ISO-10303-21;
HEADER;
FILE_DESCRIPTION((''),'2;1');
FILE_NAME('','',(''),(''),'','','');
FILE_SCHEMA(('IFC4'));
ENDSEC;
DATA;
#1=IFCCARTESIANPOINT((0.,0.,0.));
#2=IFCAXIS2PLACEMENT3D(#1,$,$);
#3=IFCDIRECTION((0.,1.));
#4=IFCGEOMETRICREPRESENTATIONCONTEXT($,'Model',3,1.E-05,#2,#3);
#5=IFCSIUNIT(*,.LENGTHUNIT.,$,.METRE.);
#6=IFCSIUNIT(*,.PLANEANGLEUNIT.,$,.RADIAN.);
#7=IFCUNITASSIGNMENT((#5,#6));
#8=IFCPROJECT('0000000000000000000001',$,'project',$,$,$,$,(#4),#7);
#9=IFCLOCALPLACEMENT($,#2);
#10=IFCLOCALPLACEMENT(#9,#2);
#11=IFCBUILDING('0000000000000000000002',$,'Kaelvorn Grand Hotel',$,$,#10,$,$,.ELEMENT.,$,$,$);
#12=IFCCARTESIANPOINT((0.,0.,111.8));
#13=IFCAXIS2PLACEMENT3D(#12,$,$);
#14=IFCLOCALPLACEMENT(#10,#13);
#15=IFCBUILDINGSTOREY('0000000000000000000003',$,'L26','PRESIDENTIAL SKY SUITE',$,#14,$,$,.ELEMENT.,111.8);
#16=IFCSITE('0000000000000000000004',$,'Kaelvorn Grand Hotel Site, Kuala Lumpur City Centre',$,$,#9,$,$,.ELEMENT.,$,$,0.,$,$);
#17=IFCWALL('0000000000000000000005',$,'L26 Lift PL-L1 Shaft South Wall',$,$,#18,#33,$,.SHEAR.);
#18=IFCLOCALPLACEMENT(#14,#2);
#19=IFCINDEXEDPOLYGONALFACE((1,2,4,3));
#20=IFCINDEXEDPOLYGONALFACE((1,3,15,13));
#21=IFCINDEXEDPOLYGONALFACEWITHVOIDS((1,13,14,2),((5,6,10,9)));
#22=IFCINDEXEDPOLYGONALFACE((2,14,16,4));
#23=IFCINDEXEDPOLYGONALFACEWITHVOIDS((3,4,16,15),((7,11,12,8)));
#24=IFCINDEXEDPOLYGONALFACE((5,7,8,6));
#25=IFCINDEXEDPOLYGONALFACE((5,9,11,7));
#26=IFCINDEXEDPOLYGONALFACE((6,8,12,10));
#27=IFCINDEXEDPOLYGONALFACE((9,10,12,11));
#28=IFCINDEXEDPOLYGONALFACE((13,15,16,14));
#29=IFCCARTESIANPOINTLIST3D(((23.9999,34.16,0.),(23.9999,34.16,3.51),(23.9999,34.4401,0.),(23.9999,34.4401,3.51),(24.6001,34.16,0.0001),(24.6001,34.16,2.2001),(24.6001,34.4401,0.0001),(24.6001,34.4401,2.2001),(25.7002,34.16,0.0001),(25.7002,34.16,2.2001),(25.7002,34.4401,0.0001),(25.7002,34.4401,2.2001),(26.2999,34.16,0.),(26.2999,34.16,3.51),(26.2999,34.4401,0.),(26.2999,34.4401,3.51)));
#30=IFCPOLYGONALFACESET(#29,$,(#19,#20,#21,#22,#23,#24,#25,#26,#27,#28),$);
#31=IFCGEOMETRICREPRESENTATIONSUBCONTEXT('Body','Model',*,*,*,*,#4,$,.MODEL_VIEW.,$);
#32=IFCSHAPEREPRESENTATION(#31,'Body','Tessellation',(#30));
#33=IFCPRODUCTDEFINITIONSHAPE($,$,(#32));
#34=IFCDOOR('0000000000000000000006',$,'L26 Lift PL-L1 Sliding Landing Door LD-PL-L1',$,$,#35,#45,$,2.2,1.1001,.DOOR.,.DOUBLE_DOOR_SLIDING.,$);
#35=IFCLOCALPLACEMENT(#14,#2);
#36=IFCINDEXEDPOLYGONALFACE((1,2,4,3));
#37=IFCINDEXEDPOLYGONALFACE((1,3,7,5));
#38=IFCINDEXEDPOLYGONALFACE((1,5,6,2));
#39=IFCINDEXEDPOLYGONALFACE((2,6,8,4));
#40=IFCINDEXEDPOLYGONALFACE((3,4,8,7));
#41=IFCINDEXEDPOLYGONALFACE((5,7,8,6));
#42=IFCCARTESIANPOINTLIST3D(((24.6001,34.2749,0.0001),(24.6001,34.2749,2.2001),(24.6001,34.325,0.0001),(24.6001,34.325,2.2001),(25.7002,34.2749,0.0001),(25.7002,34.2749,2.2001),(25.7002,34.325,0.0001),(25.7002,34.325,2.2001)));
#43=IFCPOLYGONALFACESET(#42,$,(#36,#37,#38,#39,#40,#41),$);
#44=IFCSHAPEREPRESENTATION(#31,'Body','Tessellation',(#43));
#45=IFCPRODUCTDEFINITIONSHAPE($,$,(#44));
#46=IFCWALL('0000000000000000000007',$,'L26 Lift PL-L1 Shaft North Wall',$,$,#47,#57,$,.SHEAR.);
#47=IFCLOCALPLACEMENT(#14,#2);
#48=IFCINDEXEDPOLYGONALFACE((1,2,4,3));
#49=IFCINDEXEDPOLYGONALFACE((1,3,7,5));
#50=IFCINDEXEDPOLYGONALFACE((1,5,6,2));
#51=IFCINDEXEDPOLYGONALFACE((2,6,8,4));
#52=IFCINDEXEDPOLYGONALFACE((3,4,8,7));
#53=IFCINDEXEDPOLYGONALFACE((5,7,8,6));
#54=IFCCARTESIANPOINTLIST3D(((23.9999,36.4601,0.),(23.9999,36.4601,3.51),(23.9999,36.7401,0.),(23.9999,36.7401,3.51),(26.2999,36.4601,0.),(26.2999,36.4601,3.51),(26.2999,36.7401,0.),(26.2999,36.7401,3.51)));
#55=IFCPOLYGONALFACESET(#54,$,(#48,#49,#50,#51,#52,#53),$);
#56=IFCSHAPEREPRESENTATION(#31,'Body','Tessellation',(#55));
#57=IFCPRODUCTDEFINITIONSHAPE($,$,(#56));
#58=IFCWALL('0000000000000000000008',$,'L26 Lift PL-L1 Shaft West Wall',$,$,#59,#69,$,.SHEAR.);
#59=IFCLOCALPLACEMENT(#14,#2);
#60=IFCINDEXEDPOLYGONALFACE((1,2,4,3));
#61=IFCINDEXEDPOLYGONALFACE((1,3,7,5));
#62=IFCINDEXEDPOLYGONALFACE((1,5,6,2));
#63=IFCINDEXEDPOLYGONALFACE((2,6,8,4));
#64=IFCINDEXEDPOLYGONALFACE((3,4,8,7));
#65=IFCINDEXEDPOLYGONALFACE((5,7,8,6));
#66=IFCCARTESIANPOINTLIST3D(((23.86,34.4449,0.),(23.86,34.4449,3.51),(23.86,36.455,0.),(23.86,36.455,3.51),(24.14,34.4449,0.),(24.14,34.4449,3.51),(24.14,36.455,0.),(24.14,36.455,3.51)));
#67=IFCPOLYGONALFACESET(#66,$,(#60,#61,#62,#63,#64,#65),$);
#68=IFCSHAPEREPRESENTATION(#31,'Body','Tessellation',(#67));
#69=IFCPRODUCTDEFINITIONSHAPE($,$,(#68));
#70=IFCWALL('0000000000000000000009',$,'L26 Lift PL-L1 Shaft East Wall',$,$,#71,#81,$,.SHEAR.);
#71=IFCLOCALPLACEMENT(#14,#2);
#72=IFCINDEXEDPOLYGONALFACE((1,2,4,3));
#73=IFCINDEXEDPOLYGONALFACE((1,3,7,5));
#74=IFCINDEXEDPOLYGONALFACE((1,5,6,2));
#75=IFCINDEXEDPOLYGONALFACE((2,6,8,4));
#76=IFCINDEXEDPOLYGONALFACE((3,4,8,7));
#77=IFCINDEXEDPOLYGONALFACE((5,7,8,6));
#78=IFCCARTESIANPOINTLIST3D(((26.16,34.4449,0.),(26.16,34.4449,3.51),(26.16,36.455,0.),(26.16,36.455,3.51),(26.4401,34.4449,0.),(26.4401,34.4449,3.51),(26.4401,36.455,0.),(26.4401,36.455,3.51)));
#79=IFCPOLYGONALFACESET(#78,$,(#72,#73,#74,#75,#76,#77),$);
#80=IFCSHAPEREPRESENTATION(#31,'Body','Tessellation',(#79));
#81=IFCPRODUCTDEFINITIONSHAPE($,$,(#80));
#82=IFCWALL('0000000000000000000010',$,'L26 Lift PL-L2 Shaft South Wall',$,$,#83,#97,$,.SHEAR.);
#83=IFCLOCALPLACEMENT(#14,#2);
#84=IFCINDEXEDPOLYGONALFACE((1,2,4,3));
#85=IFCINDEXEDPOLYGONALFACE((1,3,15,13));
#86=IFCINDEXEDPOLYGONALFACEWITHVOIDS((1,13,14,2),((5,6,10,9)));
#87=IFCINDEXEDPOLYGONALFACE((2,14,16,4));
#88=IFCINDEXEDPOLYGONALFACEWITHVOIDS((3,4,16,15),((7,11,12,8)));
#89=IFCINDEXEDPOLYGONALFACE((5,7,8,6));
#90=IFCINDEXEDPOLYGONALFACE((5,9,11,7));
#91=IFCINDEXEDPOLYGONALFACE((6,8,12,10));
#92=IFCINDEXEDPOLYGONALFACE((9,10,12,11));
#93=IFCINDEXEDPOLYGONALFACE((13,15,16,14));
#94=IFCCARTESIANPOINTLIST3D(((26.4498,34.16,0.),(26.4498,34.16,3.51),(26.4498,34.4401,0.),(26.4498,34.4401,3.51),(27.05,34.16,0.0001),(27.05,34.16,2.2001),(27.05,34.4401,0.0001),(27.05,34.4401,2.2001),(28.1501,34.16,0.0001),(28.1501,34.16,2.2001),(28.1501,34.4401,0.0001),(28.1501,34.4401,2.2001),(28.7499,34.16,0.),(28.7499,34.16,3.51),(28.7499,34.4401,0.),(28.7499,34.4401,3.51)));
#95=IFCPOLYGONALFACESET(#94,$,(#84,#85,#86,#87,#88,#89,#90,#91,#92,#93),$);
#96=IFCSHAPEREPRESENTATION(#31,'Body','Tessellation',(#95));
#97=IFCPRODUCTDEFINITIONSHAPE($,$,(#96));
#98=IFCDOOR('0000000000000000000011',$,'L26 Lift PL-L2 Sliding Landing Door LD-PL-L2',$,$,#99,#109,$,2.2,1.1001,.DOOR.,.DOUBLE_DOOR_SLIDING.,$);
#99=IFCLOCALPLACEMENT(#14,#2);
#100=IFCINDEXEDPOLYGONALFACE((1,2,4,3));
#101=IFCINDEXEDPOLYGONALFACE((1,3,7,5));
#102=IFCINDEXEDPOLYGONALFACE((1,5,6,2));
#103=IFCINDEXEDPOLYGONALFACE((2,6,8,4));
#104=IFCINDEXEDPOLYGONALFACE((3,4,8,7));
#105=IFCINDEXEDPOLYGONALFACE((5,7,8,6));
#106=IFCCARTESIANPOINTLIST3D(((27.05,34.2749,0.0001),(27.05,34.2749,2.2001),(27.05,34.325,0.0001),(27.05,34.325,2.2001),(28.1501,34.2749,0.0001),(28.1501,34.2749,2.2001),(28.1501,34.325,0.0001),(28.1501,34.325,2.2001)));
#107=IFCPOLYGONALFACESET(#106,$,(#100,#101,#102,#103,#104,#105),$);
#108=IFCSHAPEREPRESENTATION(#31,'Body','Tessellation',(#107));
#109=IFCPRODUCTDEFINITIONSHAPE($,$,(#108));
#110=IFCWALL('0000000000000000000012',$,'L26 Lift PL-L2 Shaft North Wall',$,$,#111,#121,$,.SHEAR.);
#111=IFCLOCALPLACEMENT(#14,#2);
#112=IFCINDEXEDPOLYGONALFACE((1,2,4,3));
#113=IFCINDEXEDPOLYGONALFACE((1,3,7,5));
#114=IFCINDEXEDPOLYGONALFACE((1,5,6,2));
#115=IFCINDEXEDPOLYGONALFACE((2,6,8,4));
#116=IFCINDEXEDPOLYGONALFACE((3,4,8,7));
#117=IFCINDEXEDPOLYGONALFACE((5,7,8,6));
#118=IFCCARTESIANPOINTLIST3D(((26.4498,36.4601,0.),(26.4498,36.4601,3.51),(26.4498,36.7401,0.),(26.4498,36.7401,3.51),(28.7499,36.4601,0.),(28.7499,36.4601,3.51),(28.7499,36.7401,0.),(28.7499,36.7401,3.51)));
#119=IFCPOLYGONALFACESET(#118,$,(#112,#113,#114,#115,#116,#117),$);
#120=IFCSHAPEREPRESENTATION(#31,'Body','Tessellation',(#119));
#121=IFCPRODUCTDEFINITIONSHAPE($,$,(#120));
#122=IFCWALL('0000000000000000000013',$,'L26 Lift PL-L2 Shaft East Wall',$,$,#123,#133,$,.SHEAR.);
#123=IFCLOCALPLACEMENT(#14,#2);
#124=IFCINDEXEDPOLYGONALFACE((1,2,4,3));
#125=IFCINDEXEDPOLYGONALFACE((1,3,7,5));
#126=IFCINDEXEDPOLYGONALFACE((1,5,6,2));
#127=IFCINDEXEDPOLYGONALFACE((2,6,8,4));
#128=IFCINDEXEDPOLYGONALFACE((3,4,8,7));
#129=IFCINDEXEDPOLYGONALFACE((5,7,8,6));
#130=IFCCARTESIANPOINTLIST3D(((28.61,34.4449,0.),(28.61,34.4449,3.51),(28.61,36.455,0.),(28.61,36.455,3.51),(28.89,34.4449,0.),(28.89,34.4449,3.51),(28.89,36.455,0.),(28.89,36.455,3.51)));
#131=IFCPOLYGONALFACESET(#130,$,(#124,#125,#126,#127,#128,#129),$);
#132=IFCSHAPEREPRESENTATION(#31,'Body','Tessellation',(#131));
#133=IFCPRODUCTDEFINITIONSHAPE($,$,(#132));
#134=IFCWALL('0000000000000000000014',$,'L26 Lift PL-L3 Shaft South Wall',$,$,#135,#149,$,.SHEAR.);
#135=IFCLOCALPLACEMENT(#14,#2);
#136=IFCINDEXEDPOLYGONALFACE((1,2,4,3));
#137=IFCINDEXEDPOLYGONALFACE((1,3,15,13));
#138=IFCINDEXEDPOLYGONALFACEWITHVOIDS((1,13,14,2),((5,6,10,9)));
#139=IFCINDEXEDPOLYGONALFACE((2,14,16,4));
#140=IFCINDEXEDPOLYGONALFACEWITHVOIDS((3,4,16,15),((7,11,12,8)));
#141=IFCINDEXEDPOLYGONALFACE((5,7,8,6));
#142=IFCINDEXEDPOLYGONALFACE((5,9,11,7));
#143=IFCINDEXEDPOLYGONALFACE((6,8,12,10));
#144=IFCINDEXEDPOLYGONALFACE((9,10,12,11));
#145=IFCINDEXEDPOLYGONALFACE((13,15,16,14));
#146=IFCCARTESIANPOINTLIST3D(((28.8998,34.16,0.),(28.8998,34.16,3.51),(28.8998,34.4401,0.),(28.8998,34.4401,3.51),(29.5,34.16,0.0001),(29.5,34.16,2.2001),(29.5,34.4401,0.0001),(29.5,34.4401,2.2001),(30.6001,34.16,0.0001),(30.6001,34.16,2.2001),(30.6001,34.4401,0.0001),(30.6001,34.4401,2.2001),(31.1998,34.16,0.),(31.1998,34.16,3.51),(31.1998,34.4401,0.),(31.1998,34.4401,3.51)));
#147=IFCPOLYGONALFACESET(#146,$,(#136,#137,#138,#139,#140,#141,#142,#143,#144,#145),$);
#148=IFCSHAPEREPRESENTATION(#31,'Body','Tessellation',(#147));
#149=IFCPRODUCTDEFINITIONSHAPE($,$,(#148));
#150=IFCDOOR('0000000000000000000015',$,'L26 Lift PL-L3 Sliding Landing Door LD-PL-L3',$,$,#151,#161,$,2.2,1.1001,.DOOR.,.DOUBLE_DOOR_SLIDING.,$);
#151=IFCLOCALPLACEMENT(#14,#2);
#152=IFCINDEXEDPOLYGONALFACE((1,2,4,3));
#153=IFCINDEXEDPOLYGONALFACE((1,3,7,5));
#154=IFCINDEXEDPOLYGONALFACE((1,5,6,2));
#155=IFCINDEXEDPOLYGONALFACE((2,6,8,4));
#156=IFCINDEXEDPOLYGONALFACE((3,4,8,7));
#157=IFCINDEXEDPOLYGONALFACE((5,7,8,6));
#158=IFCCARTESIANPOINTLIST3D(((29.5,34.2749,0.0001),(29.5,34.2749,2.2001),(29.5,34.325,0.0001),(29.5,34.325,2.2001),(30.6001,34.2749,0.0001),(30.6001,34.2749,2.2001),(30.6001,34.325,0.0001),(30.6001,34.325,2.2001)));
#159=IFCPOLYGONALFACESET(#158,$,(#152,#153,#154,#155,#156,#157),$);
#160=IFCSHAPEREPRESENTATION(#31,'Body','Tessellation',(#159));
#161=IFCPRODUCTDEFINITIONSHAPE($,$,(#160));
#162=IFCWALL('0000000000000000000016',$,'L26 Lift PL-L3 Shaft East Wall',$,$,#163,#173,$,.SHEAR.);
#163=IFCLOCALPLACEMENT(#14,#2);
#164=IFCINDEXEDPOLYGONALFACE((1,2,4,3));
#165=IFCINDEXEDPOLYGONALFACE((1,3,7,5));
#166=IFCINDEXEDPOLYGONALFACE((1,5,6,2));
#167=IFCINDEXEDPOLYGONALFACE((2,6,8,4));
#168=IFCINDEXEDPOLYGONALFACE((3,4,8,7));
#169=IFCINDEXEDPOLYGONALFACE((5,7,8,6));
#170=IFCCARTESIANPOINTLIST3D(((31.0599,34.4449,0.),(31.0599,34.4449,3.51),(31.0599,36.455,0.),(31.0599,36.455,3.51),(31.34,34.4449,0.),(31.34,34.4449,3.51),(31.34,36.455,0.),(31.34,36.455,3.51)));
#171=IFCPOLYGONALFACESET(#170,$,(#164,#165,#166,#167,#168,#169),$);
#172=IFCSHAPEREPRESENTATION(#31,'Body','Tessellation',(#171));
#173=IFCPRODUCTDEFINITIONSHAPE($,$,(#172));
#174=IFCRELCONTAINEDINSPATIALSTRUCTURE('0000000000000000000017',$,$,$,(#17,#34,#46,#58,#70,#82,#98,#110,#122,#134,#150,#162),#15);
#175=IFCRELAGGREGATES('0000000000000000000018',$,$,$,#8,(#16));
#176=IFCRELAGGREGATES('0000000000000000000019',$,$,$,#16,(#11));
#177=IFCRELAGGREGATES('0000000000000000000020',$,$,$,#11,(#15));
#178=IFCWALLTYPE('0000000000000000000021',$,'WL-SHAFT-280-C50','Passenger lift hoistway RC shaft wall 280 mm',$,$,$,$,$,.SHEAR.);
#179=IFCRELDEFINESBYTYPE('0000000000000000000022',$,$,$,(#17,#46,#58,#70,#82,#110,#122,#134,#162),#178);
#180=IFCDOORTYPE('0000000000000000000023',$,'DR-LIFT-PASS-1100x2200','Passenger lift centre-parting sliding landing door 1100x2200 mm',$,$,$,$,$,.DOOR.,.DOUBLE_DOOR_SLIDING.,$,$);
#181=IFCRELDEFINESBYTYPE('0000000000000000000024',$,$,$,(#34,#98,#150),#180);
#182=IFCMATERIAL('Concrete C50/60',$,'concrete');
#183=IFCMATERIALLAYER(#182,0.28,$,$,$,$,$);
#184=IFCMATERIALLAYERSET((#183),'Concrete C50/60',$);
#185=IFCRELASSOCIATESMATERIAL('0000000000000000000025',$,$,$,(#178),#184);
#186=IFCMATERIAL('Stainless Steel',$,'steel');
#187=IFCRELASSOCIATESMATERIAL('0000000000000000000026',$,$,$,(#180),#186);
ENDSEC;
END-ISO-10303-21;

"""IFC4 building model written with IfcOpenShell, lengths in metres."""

from ifc_helpers import new_model, si_unit, direction, frame, frame_2d, origin, place, context, subcontext, project, spatial, rectangle, extrude, material, layer, layer_set, type_object, element, fill, save


model = new_model("IFC4")

# Units and contexts
model_context = context("Model", 3, precision=1e-05, world=origin(), true_north=direction((0.0, 1.0)))
body_context = subcontext(model_context, "Body", "Model", "MODEL_VIEW")
ifc_project = project(units=[si_unit("LENGTHUNIT", "METRE"), si_unit("PLANEANGLEUNIT", "RADIAN")], contexts=[model_context])

# Site, building, storey
site_placement = place(None, origin())
site = spatial("IfcSite", under=ifc_project, at=site_placement, Name="Kaelvorn Grand Hotel Site, Kuala Lumpur City Centre", CompositionType="ELEMENT", RefElevation=0.0)
building_placement = place(site_placement, origin())
building = spatial("IfcBuilding", under=site, at=building_placement, Name="Kaelvorn Grand Hotel", CompositionType="ELEMENT")
storey_placement = place(building_placement, frame((0.0, 0.0, 111.8)))
storey = spatial("IfcBuildingStorey", under=building, at=storey_placement, Name="L26", Description="PRESIDENTIAL SKY SUITE", CompositionType="ELEMENT", Elevation=111.8)

# Wall, opening, door
ifc_material_1 = material(Name="Concrete C50/60", Category="concrete")
ifc_layer_1 = layer(ifc_material_1, 0.28)
ifc_layer_set_1 = layer_set([ifc_layer_1], Name="Concrete C50/60")
wall_type_1 = type_object("IfcWallType", Name="WL-SHAFT-280-C50", Description="Passenger lift hoistway RC shaft wall 280 mm", PredefinedType="SHEAR", material=ifc_layer_set_1)
wall_1_placement = place(storey_placement, frame((24.0, 34.3, 0.0), z_axis=(0.0, 0.0, 1.0), x_axis=(1.0, 0.0, 0.0)))
wall_1 = element("IfcWall", 1, at=wall_1_placement, inside=storey, type_object=wall_type_1, Name="L26 Lift PL-L1 Shaft South Wall", PredefinedType="SHEAR", context=body_context, shape_type="SweptSolid", body=[
    extrude(rectangle(XDim=2.3, YDim=0.28, at=frame_2d((1.1499, 0.0))), origin(), (0.0, 0.0, 1.0), 3.51),
])
opening_1_placement = place(wall_1_placement, frame((0.6001, 0.0, 0.0)))
opening_1 = element("IfcOpeningElement", 2, at=opening_1_placement, cuts=wall_1, PredefinedType="OPENING", context=body_context, shape_type="SweptSolid", body=[
    extrude(rectangle(XDim=1.1001, YDim=2.2, at=frame_2d((0.55, 1.1001))), frame((0.0, 0.1499, 0.0), z_axis=(0.0, -1.0, 0.0), x_axis=(1.0, 0.0, 0.0)), (0.0, 0.0, 1.0), 0.3),
])
ifc_material_2 = material(Name="Stainless Steel", Category="steel")
door_type_1 = type_object("IfcDoorType", Name="DR-LIFT-PASS-1100x2200", Description="Passenger lift centre-parting sliding landing door 1100x2200 mm", OperationType="DOUBLE_DOOR_SLIDING", PredefinedType="DOOR", material=ifc_material_2)
door_1_placement = place(opening_1_placement, origin())
door_1 = element("IfcDoor", 3, at=door_1_placement, inside=storey, type_object=door_type_1, Name="L26 Lift PL-L1 Sliding Landing Door LD-PL-L1", OperationType="DOUBLE_DOOR_SLIDING", OverallHeight=2.2, OverallWidth=1.1001, PredefinedType="DOOR", context=body_context, shape_type="SweptSolid", body=[
    extrude(rectangle(XDim=1.1001, YDim=2.2, at=frame_2d((0.55, 1.1001))), frame((0.0, 0.0249, 0.0), z_axis=(0.0, -1.0, 0.0), x_axis=(1.0, 0.0, 0.0)), (0.0, 0.0, 1.0), 0.05),
])
fill(opening_1, door_1)

# Walls
wall_2_placement = place(storey_placement, frame((24.0, 36.6001, 0.0), z_axis=(0.0, 0.0, 1.0), x_axis=(1.0, 0.0, 0.0)))
element("IfcWall", 4, at=wall_2_placement, inside=storey, type_object=wall_type_1, Name="L26 Lift PL-L1 Shaft North Wall", PredefinedType="SHEAR", context=body_context, shape_type="SweptSolid", body=[
    extrude(rectangle(XDim=2.3, YDim=0.28, at=frame_2d((1.1499, 0.0))), origin(), (0.0, 0.0, 1.0), 3.51),
])
for number, where, z_axis, x_axis, name in (
    (5, (24.0, 34.4451, 0.0), (0.0, 0.0, 1.0), (0.0, 1.0, 0.0), "L26 Lift PL-L1 Shaft West Wall"),
    (6, (26.3, 34.4451, 0.0), (0.0, 0.0, 1.0), (0.0, 1.0, 0.0), "L26 Lift PL-L1 Shaft East Wall"),
):
    element("IfcWall", number, at=place(storey_placement, frame(where, z_axis=z_axis, x_axis=x_axis)), inside=storey, type_object=wall_type_1, Name=name, PredefinedType="SHEAR", context=body_context, shape_type="SweptSolid", body=[
        extrude(rectangle(XDim=2.01, YDim=0.28, at=frame_2d((1.0049, 0.0))), origin(), (0.0, 0.0, 1.0), 3.51),
    ])

# Wall, opening, door
wall_3_placement = place(storey_placement, frame((26.45, 34.3, 0.0), z_axis=(0.0, 0.0, 1.0), x_axis=(1.0, 0.0, 0.0)))
wall_3 = element("IfcWall", 7, at=wall_3_placement, inside=storey, type_object=wall_type_1, Name="L26 Lift PL-L2 Shaft South Wall", PredefinedType="SHEAR", context=body_context, shape_type="SweptSolid", body=[
    extrude(rectangle(XDim=2.3, YDim=0.28, at=frame_2d((1.1499, 0.0))), origin(), (0.0, 0.0, 1.0), 3.51),
])
opening_2_placement = place(wall_3_placement, frame((0.6001, 0.0, 0.0)))
opening_2 = element("IfcOpeningElement", 8, at=opening_2_placement, cuts=wall_3, PredefinedType="OPENING", context=body_context, shape_type="SweptSolid", body=[
    extrude(rectangle(XDim=1.1001, YDim=2.2, at=frame_2d((0.55, 1.1001))), frame((0.0, 0.1499, 0.0), z_axis=(0.0, -1.0, 0.0), x_axis=(1.0, 0.0, 0.0)), (0.0, 0.0, 1.0), 0.3),
])
door_2_placement = place(opening_2_placement, origin())
door_2 = element("IfcDoor", 9, at=door_2_placement, inside=storey, type_object=door_type_1, Name="L26 Lift PL-L2 Sliding Landing Door LD-PL-L2", OperationType="DOUBLE_DOOR_SLIDING", OverallHeight=2.2, OverallWidth=1.1001, PredefinedType="DOOR", context=body_context, shape_type="SweptSolid", body=[
    extrude(rectangle(XDim=1.1001, YDim=2.2, at=frame_2d((0.55, 1.1001))), frame((0.0, 0.0249, 0.0), z_axis=(0.0, -1.0, 0.0), x_axis=(1.0, 0.0, 0.0)), (0.0, 0.0, 1.0), 0.05),
])
fill(opening_2, door_2)

# Walls
wall_4_placement = place(storey_placement, frame((26.45, 36.6001, 0.0), z_axis=(0.0, 0.0, 1.0), x_axis=(1.0, 0.0, 0.0)))
element("IfcWall", 10, at=wall_4_placement, inside=storey, type_object=wall_type_1, Name="L26 Lift PL-L2 Shaft North Wall", PredefinedType="SHEAR", context=body_context, shape_type="SweptSolid", body=[
    extrude(rectangle(XDim=2.3, YDim=0.28, at=frame_2d((1.1499, 0.0))), origin(), (0.0, 0.0, 1.0), 3.51),
])
wall_5_placement = place(storey_placement, frame((28.75, 34.4451, 0.0), z_axis=(0.0, 0.0, 1.0), x_axis=(0.0, 1.0, 0.0)))
element("IfcWall", 11, at=wall_5_placement, inside=storey, type_object=wall_type_1, Name="L26 Lift PL-L2 Shaft East Wall", PredefinedType="SHEAR", context=body_context, shape_type="SweptSolid", body=[
    extrude(rectangle(XDim=2.01, YDim=0.28, at=frame_2d((1.0049, 0.0))), origin(), (0.0, 0.0, 1.0), 3.51),
])

# Wall, opening, door
wall_6_placement = place(storey_placement, frame((28.8999, 34.3, 0.0), z_axis=(0.0, 0.0, 1.0), x_axis=(1.0, 0.0, 0.0)))
wall_6 = element("IfcWall", 12, at=wall_6_placement, inside=storey, type_object=wall_type_1, Name="L26 Lift PL-L3 Shaft South Wall", PredefinedType="SHEAR", context=body_context, shape_type="SweptSolid", body=[
    extrude(rectangle(XDim=2.3, YDim=0.28, at=frame_2d((1.1499, 0.0))), origin(), (0.0, 0.0, 1.0), 3.51),
])
opening_3_placement = place(wall_6_placement, frame((0.6001, 0.0, 0.0)))
opening_3 = element("IfcOpeningElement", 13, at=opening_3_placement, cuts=wall_6, PredefinedType="OPENING", context=body_context, shape_type="SweptSolid", body=[
    extrude(rectangle(XDim=1.1001, YDim=2.2, at=frame_2d((0.55, 1.1001))), frame((0.0, 0.1499, 0.0), z_axis=(0.0, -1.0, 0.0), x_axis=(1.0, 0.0, 0.0)), (0.0, 0.0, 1.0), 0.3),
])
door_3_placement = place(opening_3_placement, origin())
door_3 = element("IfcDoor", 14, at=door_3_placement, inside=storey, type_object=door_type_1, Name="L26 Lift PL-L3 Sliding Landing Door LD-PL-L3", OperationType="DOUBLE_DOOR_SLIDING", OverallHeight=2.2, OverallWidth=1.1001, PredefinedType="DOOR", context=body_context, shape_type="SweptSolid", body=[
    extrude(rectangle(XDim=1.1001, YDim=2.2, at=frame_2d((0.55, 1.1001))), frame((0.0, 0.0249, 0.0), z_axis=(0.0, -1.0, 0.0), x_axis=(1.0, 0.0, 0.0)), (0.0, 0.0, 1.0), 0.05),
])
fill(opening_3, door_3)

# Wall
wall_7_placement = place(storey_placement, frame((31.2, 34.4451, 0.0), z_axis=(0.0, 0.0, 1.0), x_axis=(0.0, 1.0, 0.0)))
element("IfcWall", 15, at=wall_7_placement, inside=storey, type_object=wall_type_1, Name="L26 Lift PL-L3 Shaft East Wall", PredefinedType="SHEAR", context=body_context, shape_type="SweptSolid", body=[
    extrude(rectangle(XDim=2.01, YDim=0.28, at=frame_2d((1.0049, 0.0))), origin(), (0.0, 0.0, 1.0), 3.51),
])

save(model, "model.ifc")
